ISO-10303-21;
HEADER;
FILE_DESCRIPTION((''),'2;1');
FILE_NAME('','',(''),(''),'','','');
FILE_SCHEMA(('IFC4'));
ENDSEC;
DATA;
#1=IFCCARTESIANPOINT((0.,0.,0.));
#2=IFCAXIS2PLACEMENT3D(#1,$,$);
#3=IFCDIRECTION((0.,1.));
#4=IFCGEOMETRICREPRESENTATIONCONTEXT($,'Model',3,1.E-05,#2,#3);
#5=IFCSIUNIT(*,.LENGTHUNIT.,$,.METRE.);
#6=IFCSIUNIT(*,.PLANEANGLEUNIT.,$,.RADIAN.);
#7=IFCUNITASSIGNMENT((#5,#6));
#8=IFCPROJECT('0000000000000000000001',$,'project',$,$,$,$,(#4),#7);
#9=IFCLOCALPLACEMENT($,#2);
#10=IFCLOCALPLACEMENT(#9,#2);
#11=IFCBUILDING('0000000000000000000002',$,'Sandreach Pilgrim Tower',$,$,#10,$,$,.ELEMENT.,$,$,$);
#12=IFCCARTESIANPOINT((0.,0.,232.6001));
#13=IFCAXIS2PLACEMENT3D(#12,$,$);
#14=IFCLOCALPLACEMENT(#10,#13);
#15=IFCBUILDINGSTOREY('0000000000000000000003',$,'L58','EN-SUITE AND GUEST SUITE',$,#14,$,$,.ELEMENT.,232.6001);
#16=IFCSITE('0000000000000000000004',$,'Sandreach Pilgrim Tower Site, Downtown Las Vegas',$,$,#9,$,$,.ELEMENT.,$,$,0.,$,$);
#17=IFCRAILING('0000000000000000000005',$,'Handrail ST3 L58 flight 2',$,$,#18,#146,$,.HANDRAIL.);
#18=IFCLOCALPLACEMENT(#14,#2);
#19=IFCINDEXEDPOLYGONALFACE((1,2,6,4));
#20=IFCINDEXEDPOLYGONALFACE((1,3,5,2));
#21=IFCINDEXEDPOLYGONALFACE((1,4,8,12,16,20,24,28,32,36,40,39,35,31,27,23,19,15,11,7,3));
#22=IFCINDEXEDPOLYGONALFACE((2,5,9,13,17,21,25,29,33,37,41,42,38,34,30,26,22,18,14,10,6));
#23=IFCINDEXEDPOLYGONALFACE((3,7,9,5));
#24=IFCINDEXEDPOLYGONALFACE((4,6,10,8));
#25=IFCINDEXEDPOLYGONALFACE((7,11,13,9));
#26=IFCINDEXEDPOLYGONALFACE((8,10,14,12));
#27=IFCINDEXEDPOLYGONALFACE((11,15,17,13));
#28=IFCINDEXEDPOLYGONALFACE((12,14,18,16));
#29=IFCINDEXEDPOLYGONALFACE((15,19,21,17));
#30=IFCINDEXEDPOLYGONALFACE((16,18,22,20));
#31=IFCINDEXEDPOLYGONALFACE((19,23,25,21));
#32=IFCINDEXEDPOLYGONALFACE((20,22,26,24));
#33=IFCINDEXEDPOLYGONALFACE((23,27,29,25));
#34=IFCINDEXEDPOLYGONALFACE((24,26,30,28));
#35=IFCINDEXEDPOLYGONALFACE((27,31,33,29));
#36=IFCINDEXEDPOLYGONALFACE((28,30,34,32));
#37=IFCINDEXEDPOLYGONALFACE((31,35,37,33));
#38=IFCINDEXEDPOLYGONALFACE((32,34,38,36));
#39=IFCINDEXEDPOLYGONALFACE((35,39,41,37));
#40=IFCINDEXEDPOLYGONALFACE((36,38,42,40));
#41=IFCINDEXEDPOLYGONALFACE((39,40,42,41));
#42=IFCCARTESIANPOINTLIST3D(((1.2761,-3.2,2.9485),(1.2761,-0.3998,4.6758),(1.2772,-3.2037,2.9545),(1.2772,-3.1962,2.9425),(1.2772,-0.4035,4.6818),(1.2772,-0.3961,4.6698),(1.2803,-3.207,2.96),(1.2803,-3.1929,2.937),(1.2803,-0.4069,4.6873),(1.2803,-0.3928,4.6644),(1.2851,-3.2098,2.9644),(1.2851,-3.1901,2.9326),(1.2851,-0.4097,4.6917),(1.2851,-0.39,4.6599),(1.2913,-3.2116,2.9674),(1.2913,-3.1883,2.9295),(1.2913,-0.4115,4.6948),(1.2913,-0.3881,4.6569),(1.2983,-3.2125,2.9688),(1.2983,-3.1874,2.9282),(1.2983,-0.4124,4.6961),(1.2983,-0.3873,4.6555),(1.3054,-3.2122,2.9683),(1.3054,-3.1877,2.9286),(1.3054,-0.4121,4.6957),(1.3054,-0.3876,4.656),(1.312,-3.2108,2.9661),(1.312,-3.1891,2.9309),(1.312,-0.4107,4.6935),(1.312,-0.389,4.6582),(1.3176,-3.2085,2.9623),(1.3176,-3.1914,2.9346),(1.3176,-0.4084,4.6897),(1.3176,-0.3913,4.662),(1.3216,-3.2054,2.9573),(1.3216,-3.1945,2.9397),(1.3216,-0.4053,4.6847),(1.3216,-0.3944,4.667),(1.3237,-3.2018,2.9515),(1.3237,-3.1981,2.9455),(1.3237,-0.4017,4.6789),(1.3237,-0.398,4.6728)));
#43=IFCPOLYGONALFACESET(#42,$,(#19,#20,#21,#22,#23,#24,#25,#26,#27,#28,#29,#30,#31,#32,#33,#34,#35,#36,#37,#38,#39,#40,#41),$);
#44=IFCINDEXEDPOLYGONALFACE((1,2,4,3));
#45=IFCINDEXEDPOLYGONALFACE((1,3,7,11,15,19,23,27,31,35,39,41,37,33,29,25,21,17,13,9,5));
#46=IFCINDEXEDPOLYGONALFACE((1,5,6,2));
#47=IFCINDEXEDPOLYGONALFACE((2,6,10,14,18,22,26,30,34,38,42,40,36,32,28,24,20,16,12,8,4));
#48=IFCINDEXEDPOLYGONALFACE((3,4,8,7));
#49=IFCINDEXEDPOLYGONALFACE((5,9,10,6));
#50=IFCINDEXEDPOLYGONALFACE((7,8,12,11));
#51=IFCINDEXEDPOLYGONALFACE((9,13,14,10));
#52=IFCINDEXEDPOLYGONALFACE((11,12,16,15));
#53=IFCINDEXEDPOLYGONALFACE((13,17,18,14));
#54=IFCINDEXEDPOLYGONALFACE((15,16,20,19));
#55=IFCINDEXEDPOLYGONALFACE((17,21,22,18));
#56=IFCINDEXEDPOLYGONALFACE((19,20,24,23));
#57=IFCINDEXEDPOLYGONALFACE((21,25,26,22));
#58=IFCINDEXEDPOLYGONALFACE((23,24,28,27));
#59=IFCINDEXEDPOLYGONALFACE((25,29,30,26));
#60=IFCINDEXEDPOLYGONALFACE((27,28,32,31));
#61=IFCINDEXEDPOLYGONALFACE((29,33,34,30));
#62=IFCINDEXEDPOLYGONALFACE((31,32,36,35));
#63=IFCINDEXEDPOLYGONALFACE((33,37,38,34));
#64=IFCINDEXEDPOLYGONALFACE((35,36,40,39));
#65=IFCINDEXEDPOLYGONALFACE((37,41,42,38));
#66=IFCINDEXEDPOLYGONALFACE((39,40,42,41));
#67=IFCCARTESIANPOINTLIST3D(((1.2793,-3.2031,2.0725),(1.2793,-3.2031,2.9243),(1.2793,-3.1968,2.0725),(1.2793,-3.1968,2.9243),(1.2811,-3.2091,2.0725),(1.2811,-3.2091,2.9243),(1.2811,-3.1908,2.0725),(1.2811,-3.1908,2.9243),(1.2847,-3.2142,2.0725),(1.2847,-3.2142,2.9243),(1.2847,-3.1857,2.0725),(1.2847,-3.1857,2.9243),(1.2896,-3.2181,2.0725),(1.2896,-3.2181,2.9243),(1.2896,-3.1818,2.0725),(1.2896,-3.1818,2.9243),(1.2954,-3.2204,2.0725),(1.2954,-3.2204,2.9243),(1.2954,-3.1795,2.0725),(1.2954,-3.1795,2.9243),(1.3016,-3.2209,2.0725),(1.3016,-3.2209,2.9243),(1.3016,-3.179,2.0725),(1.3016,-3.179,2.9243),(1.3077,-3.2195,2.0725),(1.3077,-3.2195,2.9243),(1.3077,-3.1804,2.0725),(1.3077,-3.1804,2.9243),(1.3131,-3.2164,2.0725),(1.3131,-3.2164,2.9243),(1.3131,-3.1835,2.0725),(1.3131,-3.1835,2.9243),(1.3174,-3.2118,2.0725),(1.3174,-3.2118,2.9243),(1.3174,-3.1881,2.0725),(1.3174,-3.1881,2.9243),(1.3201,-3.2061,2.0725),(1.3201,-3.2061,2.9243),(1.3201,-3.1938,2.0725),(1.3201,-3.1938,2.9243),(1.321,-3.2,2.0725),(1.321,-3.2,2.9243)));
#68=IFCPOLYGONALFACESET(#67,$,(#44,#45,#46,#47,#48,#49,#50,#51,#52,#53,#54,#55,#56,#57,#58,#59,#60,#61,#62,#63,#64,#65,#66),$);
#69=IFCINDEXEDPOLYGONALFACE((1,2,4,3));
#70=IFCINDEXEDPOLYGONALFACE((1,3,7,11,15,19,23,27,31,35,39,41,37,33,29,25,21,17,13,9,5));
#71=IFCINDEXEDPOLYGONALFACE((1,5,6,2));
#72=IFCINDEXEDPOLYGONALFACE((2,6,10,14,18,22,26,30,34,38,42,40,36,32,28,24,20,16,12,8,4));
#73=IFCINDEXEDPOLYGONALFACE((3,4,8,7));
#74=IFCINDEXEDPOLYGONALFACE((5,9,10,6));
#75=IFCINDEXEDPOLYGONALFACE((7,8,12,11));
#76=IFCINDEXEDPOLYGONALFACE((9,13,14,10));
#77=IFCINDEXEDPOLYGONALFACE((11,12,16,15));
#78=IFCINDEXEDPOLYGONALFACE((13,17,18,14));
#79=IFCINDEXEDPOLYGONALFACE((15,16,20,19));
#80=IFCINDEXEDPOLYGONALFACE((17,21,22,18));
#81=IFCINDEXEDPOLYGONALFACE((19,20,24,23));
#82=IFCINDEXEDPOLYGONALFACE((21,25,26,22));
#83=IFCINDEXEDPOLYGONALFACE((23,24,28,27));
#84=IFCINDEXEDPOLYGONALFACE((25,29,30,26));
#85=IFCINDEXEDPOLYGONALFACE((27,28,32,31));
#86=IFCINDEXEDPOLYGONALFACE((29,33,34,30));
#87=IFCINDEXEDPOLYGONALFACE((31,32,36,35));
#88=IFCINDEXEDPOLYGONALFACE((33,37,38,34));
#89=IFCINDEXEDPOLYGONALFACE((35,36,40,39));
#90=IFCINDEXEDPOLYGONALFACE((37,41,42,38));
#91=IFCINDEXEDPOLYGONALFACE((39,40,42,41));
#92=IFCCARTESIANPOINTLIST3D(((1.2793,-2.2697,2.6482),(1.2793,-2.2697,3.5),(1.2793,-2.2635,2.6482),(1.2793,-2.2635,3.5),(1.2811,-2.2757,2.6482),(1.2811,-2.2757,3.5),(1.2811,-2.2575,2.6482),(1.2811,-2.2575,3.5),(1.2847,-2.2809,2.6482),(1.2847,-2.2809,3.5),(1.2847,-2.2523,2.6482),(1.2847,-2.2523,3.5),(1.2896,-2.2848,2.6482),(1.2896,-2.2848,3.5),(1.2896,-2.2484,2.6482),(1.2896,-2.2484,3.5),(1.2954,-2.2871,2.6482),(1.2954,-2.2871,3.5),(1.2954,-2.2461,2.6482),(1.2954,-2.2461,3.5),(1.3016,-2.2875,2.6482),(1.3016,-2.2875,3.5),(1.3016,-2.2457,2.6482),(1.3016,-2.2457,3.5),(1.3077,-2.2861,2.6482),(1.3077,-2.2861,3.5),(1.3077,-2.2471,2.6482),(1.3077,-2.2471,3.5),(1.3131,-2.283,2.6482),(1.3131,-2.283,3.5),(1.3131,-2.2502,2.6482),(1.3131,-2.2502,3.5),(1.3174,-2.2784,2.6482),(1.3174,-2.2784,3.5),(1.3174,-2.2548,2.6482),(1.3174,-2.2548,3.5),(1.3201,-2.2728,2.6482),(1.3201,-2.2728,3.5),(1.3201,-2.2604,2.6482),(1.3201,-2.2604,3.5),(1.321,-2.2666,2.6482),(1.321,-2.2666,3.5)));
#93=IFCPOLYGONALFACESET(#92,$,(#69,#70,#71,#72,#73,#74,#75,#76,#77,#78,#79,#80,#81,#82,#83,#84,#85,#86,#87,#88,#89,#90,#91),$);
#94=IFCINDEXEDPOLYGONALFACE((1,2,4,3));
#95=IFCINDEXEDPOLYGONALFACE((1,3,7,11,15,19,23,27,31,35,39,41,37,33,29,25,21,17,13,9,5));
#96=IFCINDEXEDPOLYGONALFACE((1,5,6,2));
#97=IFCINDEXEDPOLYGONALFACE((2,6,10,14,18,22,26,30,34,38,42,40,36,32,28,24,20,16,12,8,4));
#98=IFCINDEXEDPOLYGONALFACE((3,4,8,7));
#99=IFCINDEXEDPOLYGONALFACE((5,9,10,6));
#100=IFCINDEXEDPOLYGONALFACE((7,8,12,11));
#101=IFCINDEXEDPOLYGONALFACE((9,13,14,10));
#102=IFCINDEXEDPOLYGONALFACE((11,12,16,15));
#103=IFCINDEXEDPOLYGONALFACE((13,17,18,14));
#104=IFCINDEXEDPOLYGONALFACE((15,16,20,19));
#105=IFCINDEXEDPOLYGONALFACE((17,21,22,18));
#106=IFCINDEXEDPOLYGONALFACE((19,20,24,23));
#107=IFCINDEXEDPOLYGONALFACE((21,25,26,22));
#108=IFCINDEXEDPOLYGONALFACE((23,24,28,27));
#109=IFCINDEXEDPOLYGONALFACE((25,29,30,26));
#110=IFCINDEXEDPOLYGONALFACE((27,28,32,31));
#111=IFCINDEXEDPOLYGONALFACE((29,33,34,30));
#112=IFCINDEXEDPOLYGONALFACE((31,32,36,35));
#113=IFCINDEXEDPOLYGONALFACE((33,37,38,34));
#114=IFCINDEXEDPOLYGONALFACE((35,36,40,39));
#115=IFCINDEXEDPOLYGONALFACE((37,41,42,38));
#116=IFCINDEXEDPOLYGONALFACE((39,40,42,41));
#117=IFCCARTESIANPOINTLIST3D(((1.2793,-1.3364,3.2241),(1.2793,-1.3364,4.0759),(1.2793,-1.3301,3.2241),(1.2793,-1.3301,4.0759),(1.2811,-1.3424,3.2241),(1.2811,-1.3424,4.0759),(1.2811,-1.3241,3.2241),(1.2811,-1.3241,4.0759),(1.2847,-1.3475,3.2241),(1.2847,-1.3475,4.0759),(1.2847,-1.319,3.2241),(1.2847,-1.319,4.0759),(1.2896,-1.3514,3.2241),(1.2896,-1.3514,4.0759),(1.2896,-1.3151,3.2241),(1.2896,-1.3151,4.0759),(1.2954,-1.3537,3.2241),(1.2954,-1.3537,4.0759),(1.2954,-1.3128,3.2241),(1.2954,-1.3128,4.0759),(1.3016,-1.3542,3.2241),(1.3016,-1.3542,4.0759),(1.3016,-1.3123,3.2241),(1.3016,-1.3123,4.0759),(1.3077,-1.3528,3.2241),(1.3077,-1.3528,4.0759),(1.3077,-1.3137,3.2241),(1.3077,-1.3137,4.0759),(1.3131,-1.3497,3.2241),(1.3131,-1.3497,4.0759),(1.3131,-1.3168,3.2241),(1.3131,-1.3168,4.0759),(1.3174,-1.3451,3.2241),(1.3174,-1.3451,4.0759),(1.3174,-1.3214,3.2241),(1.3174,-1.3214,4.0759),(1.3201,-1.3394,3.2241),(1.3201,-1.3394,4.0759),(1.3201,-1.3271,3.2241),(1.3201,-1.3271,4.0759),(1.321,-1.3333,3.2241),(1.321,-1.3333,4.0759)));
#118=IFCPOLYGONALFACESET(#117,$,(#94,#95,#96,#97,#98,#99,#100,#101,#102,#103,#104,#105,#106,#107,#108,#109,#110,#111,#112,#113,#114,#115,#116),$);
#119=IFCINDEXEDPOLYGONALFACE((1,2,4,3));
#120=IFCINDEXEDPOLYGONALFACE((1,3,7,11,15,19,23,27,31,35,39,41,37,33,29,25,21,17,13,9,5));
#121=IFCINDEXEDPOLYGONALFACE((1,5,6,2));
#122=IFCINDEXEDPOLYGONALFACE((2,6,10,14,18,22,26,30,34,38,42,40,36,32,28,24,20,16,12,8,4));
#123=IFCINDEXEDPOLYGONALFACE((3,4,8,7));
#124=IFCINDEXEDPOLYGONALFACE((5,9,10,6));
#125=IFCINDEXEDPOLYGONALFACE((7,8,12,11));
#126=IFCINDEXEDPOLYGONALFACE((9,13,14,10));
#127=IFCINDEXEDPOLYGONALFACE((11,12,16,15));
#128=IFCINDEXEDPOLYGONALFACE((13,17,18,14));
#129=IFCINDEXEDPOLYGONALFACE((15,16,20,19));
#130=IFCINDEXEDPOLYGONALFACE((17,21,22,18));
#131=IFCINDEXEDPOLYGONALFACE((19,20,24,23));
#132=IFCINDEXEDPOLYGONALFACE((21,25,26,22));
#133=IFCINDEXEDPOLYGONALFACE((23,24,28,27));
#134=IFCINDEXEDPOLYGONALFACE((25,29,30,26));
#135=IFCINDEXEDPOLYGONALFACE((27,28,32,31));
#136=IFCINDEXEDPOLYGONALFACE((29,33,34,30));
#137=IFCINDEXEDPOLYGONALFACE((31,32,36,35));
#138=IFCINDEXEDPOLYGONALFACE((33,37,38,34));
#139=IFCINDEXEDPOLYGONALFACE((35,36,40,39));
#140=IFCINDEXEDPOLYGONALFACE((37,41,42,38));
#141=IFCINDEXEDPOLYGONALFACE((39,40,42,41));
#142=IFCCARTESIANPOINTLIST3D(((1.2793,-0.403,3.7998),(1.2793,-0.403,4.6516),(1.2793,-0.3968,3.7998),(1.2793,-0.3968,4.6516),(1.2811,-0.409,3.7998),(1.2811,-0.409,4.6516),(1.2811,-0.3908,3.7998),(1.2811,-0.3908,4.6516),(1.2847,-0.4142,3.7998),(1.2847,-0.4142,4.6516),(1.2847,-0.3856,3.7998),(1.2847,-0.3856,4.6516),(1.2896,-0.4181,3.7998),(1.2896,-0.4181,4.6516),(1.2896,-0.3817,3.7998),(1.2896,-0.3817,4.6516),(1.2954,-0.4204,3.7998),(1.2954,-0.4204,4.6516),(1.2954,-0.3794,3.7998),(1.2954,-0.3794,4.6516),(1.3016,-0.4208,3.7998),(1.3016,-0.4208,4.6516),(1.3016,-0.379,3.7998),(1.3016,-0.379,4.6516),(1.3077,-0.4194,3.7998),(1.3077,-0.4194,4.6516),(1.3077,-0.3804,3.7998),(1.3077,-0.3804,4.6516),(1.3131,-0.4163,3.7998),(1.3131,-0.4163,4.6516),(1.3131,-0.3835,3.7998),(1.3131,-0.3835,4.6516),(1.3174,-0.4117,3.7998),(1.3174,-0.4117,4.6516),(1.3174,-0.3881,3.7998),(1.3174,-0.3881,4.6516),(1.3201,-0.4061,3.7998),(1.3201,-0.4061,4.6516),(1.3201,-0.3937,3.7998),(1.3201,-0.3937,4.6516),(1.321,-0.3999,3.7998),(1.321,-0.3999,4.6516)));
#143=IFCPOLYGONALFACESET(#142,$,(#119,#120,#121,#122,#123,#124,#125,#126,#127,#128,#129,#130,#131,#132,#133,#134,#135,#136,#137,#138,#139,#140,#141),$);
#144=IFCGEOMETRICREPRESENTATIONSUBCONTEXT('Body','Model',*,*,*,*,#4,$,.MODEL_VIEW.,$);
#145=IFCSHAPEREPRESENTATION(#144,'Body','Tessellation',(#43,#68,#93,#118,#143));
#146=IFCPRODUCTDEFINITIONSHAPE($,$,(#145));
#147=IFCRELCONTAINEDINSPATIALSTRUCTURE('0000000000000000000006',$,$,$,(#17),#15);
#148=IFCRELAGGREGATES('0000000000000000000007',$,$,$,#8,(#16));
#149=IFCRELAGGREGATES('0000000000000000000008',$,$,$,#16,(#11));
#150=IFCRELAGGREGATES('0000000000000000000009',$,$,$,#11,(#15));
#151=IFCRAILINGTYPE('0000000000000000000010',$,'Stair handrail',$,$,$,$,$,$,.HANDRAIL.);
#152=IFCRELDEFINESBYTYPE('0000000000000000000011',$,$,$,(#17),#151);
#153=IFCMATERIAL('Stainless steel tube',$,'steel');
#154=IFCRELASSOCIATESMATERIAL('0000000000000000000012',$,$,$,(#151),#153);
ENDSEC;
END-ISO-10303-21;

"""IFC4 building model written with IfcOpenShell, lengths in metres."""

from ifc_helpers import new_model, si_unit, direction, frame, origin, origin_2d, place, context, subcontext, project, spatial, circle, extrude, material, type_object, element, save


model = new_model("IFC4")

# Units and contexts
model_context = context("Model", 3, precision=1e-05, world=origin(), true_north=direction((0.0, 1.0)))
body_context = subcontext(model_context, "Body", "Model", "MODEL_VIEW")
ifc_project = project(units=[si_unit("LENGTHUNIT", "METRE"), si_unit("PLANEANGLEUNIT", "RADIAN")], contexts=[model_context])

# Site, building, storey
site_placement = place(None, origin())
site = spatial("IfcSite", under=ifc_project, at=site_placement, Name="Sandreach Pilgrim Tower Site, Downtown Las Vegas", CompositionType="ELEMENT", RefElevation=0.0)
building_placement = place(site_placement, origin())
building = spatial("IfcBuilding", under=site, at=building_placement, Name="Sandreach Pilgrim Tower", CompositionType="ELEMENT")
storey_placement = place(building_placement, frame((0.0, 0.0, 232.6001)))
storey = spatial("IfcBuildingStorey", under=building, at=storey_placement, Name="L58", Description="EN-SUITE AND GUEST SUITE", CompositionType="ELEMENT", Elevation=232.6001)

# Railing
ifc_material_1 = material(Name="Stainless steel tube", Category="steel")
railing_type = type_object("IfcRailingType", Name="Stair handrail", PredefinedType="HANDRAIL", material=ifc_material_1)
for number, where, name in (
    (1, (1.3, -3.2, 2.0725), "Handrail ST3 L58 flight 2"),
):
    element("IfcRailing", number, at=place(storey_placement, frame(where)), inside=storey, type_object=railing_type, Name=name, PredefinedType="HANDRAIL", context=body_context, shape_type="SweptSolid", body=[
        extrude(circle(Radius=0.0239, at=origin_2d()), frame((0.0, 0.0, 0.876), z_axis=(0.0, 0.85109, 0.52502), x_axis=(-1.0, 0.0, 0.0)), (0.0, 0.0, 1.0), 3.29),
        extrude(circle(Radius=0.021, at=origin_2d()), origin(), (0.0, 0.0, 1.0), 0.8518),
        extrude(circle(Radius=0.021, at=origin_2d()), frame((0.0, 0.9333, 0.5757)), (0.0, 0.0, 1.0), 0.8518),
        extrude(circle(Radius=0.021, at=origin_2d()), frame((0.0, 1.8667, 1.1516)), (0.0, 0.0, 1.0), 0.8518),
        extrude(circle(Radius=0.021, at=origin_2d()), frame((0.0, 2.8, 1.7273)), (0.0, 0.0, 1.0), 0.8518),
    ])

save(model, "model.ifc")
